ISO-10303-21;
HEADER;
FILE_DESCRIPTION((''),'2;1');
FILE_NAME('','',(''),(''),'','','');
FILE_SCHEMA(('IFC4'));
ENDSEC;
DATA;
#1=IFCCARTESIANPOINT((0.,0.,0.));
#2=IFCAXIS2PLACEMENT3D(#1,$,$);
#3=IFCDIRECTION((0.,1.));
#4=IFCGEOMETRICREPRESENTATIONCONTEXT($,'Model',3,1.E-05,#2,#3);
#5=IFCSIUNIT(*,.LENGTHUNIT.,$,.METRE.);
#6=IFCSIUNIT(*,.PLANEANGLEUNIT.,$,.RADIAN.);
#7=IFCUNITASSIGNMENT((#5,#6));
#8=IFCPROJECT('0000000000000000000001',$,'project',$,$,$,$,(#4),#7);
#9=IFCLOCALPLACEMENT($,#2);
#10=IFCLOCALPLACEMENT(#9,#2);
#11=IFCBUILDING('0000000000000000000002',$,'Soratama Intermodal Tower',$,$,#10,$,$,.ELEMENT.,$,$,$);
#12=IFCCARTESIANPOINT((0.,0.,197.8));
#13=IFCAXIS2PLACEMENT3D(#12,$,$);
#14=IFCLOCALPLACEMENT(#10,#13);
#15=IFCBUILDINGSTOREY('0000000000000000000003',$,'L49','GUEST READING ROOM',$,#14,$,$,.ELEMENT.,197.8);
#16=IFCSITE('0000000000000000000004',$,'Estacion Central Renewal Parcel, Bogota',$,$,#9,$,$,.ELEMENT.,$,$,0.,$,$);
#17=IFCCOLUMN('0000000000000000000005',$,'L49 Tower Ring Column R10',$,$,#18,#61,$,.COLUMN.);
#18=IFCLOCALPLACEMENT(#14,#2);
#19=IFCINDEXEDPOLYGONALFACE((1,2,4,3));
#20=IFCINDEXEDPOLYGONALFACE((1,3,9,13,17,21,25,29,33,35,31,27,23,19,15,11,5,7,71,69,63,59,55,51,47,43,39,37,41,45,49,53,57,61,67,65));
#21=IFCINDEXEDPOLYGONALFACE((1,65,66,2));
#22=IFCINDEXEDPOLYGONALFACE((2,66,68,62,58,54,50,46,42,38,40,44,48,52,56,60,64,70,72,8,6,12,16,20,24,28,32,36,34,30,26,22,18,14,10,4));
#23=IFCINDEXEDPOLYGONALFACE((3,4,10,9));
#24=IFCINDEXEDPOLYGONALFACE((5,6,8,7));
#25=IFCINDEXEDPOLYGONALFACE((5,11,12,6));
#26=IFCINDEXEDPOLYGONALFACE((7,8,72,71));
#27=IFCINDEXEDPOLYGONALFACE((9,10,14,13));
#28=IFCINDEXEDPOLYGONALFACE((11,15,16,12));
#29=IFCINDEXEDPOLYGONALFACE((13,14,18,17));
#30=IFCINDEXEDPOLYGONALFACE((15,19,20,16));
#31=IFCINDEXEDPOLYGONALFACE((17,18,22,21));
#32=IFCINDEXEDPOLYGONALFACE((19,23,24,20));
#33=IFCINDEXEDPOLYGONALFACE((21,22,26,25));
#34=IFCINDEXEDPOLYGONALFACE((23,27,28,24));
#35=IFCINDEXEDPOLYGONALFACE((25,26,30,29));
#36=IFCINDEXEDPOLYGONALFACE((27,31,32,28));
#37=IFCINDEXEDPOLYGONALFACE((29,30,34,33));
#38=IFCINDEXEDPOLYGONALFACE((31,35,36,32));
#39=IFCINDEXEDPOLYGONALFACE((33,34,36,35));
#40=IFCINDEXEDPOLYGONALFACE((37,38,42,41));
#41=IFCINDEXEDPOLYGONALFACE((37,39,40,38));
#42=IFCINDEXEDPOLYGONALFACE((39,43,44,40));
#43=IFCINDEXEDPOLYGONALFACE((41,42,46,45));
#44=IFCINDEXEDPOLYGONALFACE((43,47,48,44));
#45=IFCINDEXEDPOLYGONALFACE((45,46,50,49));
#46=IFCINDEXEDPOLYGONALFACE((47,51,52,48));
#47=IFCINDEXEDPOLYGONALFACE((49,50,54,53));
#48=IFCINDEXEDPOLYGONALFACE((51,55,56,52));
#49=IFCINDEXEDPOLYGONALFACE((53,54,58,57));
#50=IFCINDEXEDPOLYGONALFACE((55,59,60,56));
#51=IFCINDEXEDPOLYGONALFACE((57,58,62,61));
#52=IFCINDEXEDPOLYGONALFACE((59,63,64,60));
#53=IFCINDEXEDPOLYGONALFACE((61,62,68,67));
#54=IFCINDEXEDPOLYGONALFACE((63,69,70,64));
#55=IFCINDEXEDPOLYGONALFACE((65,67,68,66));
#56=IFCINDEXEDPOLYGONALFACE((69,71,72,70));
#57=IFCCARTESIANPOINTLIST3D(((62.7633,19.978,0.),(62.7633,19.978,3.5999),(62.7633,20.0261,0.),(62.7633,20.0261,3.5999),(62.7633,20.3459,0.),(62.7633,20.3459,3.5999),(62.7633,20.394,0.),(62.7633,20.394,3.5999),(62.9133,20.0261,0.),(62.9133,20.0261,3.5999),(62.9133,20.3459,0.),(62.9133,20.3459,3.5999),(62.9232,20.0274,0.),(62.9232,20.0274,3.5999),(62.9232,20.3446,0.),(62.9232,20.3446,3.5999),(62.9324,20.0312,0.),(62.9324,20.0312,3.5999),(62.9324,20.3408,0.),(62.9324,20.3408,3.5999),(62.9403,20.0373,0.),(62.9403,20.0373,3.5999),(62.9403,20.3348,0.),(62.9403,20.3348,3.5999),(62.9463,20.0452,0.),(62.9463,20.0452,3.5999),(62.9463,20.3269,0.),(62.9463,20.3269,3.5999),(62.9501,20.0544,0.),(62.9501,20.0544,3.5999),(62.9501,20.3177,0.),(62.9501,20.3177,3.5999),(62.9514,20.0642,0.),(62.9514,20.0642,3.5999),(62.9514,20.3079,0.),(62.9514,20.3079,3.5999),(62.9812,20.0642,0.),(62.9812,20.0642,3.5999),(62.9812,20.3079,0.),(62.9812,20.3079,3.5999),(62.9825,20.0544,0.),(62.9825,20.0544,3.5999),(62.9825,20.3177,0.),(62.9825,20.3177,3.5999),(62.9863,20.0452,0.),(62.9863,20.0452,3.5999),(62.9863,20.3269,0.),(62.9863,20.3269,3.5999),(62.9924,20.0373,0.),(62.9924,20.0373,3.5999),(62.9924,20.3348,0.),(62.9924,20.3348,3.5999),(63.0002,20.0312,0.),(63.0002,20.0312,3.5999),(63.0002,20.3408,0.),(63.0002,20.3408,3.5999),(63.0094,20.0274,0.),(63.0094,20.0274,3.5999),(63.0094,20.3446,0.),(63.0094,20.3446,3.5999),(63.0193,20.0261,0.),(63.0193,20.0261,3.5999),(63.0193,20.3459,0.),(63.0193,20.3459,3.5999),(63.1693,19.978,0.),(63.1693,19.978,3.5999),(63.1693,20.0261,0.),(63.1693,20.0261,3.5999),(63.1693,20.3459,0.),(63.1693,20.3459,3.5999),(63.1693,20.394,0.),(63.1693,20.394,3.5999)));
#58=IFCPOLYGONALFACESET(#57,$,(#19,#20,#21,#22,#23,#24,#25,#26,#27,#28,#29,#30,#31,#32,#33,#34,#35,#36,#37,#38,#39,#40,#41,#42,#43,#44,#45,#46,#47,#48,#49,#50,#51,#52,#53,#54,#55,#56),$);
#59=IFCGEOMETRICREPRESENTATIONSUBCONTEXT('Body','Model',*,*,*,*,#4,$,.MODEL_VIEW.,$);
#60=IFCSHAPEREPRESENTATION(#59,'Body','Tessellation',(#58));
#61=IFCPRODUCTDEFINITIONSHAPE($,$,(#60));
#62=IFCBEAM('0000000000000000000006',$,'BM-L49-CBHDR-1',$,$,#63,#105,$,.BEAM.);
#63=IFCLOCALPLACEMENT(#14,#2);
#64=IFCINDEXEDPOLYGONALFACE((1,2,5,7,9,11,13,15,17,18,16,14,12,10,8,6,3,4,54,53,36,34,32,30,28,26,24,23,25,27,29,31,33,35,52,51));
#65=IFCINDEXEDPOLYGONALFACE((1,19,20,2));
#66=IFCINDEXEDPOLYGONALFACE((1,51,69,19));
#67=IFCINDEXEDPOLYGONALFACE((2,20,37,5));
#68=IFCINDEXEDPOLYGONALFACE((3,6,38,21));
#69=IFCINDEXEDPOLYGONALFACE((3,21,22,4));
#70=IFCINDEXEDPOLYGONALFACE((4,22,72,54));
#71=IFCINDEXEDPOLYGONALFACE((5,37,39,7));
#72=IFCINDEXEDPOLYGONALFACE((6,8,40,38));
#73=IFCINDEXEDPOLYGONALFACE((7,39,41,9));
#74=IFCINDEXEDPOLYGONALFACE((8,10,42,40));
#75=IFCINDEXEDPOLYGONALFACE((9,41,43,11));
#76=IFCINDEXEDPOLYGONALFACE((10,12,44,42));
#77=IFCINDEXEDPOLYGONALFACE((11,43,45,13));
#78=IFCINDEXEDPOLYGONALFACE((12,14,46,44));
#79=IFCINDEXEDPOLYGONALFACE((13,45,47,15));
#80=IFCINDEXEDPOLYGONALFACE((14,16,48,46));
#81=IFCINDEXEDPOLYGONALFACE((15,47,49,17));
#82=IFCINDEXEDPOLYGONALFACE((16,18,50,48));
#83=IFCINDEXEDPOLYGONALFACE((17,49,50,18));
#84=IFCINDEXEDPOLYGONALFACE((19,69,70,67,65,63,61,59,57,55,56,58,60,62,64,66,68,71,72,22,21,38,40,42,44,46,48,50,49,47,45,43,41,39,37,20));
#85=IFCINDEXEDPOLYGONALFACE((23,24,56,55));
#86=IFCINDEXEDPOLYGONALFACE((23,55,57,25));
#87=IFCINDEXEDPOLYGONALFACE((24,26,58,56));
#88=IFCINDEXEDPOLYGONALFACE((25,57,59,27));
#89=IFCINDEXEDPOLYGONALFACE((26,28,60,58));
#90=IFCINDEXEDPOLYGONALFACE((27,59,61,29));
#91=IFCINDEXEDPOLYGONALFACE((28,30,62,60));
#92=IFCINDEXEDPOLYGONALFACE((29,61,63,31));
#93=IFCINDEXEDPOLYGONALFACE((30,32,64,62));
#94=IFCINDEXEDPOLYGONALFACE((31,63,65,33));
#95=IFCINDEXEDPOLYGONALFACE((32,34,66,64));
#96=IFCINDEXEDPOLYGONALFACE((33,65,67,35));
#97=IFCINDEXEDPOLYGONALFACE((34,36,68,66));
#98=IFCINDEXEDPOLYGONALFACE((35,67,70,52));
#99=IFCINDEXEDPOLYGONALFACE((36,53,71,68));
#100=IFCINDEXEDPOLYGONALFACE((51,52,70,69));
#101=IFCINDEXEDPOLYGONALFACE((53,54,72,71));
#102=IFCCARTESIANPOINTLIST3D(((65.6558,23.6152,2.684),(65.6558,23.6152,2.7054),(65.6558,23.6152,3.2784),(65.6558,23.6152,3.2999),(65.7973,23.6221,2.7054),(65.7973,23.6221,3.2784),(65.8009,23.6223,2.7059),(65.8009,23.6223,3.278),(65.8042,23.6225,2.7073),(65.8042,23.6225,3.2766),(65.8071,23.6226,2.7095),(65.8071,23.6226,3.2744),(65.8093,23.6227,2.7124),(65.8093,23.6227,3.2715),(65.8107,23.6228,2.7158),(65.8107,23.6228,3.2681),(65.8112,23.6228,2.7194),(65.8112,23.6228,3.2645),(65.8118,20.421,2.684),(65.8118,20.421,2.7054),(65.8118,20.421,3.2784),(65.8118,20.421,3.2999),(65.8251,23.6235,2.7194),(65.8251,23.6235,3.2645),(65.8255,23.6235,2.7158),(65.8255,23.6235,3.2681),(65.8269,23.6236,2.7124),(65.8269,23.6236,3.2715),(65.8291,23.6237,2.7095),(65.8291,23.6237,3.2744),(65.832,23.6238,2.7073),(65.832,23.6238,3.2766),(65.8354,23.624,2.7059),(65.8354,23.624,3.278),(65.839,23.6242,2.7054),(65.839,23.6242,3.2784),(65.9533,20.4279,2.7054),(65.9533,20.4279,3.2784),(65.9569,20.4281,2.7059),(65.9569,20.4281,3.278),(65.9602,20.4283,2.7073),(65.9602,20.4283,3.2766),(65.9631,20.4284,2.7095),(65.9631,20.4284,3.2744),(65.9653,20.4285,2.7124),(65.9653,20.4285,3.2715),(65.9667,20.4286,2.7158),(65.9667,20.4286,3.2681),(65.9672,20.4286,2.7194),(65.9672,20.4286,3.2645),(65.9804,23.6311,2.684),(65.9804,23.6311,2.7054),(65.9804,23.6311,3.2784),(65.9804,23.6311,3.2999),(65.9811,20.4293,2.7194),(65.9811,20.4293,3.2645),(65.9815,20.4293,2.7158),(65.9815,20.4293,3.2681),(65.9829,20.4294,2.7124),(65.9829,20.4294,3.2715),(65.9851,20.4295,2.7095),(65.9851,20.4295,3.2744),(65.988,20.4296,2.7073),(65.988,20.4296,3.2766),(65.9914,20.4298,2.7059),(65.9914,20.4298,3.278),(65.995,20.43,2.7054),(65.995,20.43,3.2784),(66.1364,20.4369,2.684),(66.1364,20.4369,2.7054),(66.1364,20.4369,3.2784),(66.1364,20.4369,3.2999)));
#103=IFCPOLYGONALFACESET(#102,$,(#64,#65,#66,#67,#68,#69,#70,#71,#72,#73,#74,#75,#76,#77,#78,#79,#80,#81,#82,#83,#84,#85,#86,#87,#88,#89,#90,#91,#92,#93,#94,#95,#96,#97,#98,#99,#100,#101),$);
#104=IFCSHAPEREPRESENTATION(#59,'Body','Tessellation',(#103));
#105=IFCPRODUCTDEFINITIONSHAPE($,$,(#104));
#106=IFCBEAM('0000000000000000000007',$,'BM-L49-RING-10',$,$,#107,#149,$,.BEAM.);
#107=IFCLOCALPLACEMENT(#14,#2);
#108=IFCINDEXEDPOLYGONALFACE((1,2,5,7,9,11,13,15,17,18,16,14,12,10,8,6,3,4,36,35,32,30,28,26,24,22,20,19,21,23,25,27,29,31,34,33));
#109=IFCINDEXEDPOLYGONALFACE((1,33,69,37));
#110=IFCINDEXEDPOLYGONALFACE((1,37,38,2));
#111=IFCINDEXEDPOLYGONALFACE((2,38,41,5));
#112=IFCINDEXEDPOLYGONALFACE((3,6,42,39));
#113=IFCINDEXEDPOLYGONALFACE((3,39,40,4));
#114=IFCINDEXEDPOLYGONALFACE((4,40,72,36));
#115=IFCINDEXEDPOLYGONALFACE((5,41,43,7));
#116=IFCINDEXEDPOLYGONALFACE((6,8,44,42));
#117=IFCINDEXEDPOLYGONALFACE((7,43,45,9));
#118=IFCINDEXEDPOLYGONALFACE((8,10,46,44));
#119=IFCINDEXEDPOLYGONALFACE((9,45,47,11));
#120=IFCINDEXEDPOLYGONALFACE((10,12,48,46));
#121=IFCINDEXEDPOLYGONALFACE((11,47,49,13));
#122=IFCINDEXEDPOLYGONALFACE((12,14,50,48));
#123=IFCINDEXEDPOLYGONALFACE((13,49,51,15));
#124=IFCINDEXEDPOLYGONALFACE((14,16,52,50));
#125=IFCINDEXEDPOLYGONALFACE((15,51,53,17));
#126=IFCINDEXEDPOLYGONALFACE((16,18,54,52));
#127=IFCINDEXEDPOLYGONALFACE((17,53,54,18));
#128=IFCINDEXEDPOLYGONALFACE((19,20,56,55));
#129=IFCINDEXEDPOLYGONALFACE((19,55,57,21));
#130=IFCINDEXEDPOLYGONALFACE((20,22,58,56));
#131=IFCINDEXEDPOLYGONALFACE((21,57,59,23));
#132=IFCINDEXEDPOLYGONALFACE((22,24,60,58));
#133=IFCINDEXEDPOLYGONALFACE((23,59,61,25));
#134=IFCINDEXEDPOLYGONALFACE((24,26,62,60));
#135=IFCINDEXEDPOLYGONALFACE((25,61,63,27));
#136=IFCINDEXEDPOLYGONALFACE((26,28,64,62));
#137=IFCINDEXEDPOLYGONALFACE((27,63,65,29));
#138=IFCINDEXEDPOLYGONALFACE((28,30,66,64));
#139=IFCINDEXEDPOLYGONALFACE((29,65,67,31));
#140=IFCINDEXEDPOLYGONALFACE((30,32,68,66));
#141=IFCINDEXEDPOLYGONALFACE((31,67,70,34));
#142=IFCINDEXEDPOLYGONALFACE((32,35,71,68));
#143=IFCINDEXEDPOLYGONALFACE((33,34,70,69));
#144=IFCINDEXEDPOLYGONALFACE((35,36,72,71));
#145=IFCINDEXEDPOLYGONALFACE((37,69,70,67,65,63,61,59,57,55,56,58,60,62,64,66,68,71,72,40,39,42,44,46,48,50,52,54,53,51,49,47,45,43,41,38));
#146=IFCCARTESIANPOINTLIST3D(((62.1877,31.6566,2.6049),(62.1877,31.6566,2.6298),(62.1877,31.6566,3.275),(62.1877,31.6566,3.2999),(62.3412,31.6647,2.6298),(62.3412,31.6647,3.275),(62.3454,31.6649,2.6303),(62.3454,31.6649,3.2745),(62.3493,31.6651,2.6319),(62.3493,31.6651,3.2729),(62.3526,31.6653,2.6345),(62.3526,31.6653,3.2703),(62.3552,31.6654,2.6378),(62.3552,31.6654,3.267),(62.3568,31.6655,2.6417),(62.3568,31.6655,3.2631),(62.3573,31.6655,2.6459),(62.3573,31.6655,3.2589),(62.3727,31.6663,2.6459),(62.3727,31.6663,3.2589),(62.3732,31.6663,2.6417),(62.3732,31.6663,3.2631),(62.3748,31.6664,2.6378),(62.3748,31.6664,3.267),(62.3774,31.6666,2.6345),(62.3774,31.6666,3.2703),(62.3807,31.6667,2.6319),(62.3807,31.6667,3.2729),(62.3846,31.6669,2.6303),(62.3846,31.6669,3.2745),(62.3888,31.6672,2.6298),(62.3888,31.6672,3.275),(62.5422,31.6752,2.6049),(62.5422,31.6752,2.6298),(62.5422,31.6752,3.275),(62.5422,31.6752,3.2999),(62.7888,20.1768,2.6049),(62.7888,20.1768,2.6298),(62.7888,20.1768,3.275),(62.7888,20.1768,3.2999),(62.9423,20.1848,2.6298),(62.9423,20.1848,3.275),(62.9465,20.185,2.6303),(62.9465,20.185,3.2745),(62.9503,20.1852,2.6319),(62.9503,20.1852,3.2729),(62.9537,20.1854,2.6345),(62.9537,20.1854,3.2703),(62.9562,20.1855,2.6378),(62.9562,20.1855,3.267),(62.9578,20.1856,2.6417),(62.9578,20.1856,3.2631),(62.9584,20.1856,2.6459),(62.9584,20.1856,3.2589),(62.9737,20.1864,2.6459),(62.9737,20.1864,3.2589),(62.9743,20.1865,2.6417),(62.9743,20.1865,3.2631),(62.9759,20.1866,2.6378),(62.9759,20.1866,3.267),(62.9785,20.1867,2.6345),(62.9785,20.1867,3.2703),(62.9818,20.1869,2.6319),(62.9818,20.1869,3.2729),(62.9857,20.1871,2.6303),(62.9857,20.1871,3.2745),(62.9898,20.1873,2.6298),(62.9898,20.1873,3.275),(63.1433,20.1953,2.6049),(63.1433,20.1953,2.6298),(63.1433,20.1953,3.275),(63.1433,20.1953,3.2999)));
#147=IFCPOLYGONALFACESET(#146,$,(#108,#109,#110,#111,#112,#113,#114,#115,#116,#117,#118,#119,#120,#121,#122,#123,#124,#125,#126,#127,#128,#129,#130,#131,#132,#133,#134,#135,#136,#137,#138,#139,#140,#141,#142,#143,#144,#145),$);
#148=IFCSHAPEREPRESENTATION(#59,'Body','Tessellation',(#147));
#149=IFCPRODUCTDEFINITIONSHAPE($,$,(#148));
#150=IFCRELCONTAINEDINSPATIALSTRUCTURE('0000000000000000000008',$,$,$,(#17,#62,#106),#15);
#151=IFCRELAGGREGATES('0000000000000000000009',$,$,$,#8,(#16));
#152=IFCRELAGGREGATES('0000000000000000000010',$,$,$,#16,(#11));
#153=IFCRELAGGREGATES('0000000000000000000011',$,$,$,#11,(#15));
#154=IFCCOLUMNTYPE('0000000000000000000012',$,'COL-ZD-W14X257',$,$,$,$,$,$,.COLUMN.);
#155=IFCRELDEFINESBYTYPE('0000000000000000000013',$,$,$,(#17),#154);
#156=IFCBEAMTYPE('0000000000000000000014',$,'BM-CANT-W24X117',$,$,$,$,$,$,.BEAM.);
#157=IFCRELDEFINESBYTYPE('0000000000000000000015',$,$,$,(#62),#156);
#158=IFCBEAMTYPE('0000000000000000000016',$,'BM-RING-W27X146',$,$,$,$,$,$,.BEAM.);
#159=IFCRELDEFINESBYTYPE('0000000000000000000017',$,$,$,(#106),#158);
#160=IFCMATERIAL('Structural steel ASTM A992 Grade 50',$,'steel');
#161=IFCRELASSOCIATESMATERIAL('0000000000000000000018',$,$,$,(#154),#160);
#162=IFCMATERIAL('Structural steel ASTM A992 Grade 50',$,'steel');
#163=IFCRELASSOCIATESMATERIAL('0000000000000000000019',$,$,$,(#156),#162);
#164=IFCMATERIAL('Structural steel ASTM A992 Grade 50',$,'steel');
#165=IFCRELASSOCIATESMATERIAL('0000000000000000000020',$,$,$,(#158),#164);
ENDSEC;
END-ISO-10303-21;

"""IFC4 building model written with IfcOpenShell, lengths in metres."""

from ifc_helpers import new_model, si_unit, direction, frame, origin, origin_2d, place, context, subcontext, project, spatial, i_section, extrude, material, material_profile, profile_set, type_object, element, save


model = new_model("IFC4")

# Units and contexts
model_context = context("Model", 3, precision=1e-05, world=origin(), true_north=direction((0.0, 1.0)))
body_context = subcontext(model_context, "Body", "Model", "MODEL_VIEW")
ifc_project = project(units=[si_unit("LENGTHUNIT", "METRE"), si_unit("PLANEANGLEUNIT", "RADIAN")], contexts=[model_context])

# Site, building, storey
site_placement = place(None, origin())
site = spatial("IfcSite", under=ifc_project, at=site_placement, Name="Estacion Central Renewal Parcel, Bogota", CompositionType="ELEMENT", RefElevation=0.0)
building_placement = place(site_placement, origin())
building = spatial("IfcBuilding", under=site, at=building_placement, Name="Soratama Intermodal Tower", CompositionType="ELEMENT")
storey_placement = place(building_placement, frame((0.0, 0.0, 197.8)))
storey = spatial("IfcBuildingStorey", under=building, at=storey_placement, Name="L49", Description="GUEST READING ROOM", CompositionType="ELEMENT", Elevation=197.8)

# Column
ifc_material_1 = material(Name="Structural steel ASTM A992 Grade 50", Category="steel")
ifc_material_profile_1 = material_profile(ifc_material_1, i_section(OverallWidth=0.406, OverallDepth=0.416, WebThickness=0.0298, FlangeThickness=0.0481, FilletRadius=0.0381, at=origin_2d()), Name="W14X257")
ifc_profile_set_1 = profile_set([ifc_material_profile_1], Name="Structural steel ASTM A992 Grade 50")
column_type = type_object("IfcColumnType", Name="COL-ZD-W14X257", PredefinedType="COLUMN", material=ifc_profile_set_1)
column_placement = place(storey_placement, frame((62.9663, 20.186, 0.0), z_axis=(0.0, 0.0, 1.0), x_axis=(1.0, 0.0, 0.0)))
element("IfcColumn", 1, at=column_placement, inside=storey, type_object=column_type, Name="L49 Tower Ring Column R10", PredefinedType="COLUMN", context=body_context, shape_type="SweptSolid", body=[
    extrude(i_section(OverallWidth=0.406, OverallDepth=0.416, WebThickness=0.0298, FlangeThickness=0.0481, FilletRadius=0.0381, at=origin_2d()), origin(), (0.0, 0.0, 1.0), 3.5999),
])

# Beams
ifc_material_2 = material(Name="Structural steel ASTM A992 Grade 50", Category="steel")
ifc_material_profile_2 = material_profile(ifc_material_2, i_section(OverallWidth=0.325, OverallDepth=0.616, WebThickness=0.0139, FlangeThickness=0.0215, FilletRadius=0.0139, at=origin_2d()), Name="W24X117")
ifc_profile_set_2 = profile_set([ifc_material_profile_2], Name="Structural steel ASTM A992 Grade 50")
beam_type_1 = type_object("IfcBeamType", Name="BM-CANT-W24X117", PredefinedType="BEAM", material=ifc_profile_set_2)
beam_1_placement = place(storey_placement, frame((65.9741, 20.429, 2.9919), z_axis=(-0.048784, 0.998809, 0.0), x_axis=(-0.998809, -0.048784, 0.0)))
element("IfcBeam", 2, at=beam_1_placement, inside=storey, type_object=beam_type_1, Name="BM-L49-CBHDR-1", PredefinedType="BEAM", context=body_context, shape_type="SweptSolid", body=[
    extrude(i_section(OverallWidth=0.325, OverallDepth=0.616, WebThickness=0.0139, FlangeThickness=0.0215, FilletRadius=0.0139, at=origin_2d()), origin(), (0.0, 0.0, 1.0), 3.198),
])
ifc_material_3 = material(Name="Structural steel ASTM A992 Grade 50", Category="steel")
ifc_material_profile_3 = material_profile(ifc_material_3, i_section(OverallWidth=0.355, OverallDepth=0.6951, WebThickness=0.0154, FlangeThickness=0.0249, FilletRadius=0.0161, at=origin_2d()), Name="W27X146")
ifc_profile_set_3 = profile_set([ifc_material_profile_3], Name="Structural steel ASTM A992 Grade 50")
beam_type_2 = type_object("IfcBeamType", Name="BM-RING-W27X146", PredefinedType="BEAM", material=ifc_profile_set_3)
beam_2_placement = place(storey_placement, frame((62.9661, 20.186, 2.9524), z_axis=(-0.052287, 0.998632, 0.0), x_axis=(-0.998632, -0.052287, 0.0)))
element("IfcBeam", 3, at=beam_2_placement, inside=storey, type_object=beam_type_2, Name="BM-L49-RING-10", PredefinedType="BEAM", context=body_context, shape_type="SweptSolid", body=[
    extrude(i_section(OverallWidth=0.355, OverallDepth=0.6951, WebThickness=0.0154, FlangeThickness=0.0249, FilletRadius=0.0161, at=origin_2d()), origin(), (0.0, 0.0, 1.0), 11.4956),
])

save(model, "model.ifc")
